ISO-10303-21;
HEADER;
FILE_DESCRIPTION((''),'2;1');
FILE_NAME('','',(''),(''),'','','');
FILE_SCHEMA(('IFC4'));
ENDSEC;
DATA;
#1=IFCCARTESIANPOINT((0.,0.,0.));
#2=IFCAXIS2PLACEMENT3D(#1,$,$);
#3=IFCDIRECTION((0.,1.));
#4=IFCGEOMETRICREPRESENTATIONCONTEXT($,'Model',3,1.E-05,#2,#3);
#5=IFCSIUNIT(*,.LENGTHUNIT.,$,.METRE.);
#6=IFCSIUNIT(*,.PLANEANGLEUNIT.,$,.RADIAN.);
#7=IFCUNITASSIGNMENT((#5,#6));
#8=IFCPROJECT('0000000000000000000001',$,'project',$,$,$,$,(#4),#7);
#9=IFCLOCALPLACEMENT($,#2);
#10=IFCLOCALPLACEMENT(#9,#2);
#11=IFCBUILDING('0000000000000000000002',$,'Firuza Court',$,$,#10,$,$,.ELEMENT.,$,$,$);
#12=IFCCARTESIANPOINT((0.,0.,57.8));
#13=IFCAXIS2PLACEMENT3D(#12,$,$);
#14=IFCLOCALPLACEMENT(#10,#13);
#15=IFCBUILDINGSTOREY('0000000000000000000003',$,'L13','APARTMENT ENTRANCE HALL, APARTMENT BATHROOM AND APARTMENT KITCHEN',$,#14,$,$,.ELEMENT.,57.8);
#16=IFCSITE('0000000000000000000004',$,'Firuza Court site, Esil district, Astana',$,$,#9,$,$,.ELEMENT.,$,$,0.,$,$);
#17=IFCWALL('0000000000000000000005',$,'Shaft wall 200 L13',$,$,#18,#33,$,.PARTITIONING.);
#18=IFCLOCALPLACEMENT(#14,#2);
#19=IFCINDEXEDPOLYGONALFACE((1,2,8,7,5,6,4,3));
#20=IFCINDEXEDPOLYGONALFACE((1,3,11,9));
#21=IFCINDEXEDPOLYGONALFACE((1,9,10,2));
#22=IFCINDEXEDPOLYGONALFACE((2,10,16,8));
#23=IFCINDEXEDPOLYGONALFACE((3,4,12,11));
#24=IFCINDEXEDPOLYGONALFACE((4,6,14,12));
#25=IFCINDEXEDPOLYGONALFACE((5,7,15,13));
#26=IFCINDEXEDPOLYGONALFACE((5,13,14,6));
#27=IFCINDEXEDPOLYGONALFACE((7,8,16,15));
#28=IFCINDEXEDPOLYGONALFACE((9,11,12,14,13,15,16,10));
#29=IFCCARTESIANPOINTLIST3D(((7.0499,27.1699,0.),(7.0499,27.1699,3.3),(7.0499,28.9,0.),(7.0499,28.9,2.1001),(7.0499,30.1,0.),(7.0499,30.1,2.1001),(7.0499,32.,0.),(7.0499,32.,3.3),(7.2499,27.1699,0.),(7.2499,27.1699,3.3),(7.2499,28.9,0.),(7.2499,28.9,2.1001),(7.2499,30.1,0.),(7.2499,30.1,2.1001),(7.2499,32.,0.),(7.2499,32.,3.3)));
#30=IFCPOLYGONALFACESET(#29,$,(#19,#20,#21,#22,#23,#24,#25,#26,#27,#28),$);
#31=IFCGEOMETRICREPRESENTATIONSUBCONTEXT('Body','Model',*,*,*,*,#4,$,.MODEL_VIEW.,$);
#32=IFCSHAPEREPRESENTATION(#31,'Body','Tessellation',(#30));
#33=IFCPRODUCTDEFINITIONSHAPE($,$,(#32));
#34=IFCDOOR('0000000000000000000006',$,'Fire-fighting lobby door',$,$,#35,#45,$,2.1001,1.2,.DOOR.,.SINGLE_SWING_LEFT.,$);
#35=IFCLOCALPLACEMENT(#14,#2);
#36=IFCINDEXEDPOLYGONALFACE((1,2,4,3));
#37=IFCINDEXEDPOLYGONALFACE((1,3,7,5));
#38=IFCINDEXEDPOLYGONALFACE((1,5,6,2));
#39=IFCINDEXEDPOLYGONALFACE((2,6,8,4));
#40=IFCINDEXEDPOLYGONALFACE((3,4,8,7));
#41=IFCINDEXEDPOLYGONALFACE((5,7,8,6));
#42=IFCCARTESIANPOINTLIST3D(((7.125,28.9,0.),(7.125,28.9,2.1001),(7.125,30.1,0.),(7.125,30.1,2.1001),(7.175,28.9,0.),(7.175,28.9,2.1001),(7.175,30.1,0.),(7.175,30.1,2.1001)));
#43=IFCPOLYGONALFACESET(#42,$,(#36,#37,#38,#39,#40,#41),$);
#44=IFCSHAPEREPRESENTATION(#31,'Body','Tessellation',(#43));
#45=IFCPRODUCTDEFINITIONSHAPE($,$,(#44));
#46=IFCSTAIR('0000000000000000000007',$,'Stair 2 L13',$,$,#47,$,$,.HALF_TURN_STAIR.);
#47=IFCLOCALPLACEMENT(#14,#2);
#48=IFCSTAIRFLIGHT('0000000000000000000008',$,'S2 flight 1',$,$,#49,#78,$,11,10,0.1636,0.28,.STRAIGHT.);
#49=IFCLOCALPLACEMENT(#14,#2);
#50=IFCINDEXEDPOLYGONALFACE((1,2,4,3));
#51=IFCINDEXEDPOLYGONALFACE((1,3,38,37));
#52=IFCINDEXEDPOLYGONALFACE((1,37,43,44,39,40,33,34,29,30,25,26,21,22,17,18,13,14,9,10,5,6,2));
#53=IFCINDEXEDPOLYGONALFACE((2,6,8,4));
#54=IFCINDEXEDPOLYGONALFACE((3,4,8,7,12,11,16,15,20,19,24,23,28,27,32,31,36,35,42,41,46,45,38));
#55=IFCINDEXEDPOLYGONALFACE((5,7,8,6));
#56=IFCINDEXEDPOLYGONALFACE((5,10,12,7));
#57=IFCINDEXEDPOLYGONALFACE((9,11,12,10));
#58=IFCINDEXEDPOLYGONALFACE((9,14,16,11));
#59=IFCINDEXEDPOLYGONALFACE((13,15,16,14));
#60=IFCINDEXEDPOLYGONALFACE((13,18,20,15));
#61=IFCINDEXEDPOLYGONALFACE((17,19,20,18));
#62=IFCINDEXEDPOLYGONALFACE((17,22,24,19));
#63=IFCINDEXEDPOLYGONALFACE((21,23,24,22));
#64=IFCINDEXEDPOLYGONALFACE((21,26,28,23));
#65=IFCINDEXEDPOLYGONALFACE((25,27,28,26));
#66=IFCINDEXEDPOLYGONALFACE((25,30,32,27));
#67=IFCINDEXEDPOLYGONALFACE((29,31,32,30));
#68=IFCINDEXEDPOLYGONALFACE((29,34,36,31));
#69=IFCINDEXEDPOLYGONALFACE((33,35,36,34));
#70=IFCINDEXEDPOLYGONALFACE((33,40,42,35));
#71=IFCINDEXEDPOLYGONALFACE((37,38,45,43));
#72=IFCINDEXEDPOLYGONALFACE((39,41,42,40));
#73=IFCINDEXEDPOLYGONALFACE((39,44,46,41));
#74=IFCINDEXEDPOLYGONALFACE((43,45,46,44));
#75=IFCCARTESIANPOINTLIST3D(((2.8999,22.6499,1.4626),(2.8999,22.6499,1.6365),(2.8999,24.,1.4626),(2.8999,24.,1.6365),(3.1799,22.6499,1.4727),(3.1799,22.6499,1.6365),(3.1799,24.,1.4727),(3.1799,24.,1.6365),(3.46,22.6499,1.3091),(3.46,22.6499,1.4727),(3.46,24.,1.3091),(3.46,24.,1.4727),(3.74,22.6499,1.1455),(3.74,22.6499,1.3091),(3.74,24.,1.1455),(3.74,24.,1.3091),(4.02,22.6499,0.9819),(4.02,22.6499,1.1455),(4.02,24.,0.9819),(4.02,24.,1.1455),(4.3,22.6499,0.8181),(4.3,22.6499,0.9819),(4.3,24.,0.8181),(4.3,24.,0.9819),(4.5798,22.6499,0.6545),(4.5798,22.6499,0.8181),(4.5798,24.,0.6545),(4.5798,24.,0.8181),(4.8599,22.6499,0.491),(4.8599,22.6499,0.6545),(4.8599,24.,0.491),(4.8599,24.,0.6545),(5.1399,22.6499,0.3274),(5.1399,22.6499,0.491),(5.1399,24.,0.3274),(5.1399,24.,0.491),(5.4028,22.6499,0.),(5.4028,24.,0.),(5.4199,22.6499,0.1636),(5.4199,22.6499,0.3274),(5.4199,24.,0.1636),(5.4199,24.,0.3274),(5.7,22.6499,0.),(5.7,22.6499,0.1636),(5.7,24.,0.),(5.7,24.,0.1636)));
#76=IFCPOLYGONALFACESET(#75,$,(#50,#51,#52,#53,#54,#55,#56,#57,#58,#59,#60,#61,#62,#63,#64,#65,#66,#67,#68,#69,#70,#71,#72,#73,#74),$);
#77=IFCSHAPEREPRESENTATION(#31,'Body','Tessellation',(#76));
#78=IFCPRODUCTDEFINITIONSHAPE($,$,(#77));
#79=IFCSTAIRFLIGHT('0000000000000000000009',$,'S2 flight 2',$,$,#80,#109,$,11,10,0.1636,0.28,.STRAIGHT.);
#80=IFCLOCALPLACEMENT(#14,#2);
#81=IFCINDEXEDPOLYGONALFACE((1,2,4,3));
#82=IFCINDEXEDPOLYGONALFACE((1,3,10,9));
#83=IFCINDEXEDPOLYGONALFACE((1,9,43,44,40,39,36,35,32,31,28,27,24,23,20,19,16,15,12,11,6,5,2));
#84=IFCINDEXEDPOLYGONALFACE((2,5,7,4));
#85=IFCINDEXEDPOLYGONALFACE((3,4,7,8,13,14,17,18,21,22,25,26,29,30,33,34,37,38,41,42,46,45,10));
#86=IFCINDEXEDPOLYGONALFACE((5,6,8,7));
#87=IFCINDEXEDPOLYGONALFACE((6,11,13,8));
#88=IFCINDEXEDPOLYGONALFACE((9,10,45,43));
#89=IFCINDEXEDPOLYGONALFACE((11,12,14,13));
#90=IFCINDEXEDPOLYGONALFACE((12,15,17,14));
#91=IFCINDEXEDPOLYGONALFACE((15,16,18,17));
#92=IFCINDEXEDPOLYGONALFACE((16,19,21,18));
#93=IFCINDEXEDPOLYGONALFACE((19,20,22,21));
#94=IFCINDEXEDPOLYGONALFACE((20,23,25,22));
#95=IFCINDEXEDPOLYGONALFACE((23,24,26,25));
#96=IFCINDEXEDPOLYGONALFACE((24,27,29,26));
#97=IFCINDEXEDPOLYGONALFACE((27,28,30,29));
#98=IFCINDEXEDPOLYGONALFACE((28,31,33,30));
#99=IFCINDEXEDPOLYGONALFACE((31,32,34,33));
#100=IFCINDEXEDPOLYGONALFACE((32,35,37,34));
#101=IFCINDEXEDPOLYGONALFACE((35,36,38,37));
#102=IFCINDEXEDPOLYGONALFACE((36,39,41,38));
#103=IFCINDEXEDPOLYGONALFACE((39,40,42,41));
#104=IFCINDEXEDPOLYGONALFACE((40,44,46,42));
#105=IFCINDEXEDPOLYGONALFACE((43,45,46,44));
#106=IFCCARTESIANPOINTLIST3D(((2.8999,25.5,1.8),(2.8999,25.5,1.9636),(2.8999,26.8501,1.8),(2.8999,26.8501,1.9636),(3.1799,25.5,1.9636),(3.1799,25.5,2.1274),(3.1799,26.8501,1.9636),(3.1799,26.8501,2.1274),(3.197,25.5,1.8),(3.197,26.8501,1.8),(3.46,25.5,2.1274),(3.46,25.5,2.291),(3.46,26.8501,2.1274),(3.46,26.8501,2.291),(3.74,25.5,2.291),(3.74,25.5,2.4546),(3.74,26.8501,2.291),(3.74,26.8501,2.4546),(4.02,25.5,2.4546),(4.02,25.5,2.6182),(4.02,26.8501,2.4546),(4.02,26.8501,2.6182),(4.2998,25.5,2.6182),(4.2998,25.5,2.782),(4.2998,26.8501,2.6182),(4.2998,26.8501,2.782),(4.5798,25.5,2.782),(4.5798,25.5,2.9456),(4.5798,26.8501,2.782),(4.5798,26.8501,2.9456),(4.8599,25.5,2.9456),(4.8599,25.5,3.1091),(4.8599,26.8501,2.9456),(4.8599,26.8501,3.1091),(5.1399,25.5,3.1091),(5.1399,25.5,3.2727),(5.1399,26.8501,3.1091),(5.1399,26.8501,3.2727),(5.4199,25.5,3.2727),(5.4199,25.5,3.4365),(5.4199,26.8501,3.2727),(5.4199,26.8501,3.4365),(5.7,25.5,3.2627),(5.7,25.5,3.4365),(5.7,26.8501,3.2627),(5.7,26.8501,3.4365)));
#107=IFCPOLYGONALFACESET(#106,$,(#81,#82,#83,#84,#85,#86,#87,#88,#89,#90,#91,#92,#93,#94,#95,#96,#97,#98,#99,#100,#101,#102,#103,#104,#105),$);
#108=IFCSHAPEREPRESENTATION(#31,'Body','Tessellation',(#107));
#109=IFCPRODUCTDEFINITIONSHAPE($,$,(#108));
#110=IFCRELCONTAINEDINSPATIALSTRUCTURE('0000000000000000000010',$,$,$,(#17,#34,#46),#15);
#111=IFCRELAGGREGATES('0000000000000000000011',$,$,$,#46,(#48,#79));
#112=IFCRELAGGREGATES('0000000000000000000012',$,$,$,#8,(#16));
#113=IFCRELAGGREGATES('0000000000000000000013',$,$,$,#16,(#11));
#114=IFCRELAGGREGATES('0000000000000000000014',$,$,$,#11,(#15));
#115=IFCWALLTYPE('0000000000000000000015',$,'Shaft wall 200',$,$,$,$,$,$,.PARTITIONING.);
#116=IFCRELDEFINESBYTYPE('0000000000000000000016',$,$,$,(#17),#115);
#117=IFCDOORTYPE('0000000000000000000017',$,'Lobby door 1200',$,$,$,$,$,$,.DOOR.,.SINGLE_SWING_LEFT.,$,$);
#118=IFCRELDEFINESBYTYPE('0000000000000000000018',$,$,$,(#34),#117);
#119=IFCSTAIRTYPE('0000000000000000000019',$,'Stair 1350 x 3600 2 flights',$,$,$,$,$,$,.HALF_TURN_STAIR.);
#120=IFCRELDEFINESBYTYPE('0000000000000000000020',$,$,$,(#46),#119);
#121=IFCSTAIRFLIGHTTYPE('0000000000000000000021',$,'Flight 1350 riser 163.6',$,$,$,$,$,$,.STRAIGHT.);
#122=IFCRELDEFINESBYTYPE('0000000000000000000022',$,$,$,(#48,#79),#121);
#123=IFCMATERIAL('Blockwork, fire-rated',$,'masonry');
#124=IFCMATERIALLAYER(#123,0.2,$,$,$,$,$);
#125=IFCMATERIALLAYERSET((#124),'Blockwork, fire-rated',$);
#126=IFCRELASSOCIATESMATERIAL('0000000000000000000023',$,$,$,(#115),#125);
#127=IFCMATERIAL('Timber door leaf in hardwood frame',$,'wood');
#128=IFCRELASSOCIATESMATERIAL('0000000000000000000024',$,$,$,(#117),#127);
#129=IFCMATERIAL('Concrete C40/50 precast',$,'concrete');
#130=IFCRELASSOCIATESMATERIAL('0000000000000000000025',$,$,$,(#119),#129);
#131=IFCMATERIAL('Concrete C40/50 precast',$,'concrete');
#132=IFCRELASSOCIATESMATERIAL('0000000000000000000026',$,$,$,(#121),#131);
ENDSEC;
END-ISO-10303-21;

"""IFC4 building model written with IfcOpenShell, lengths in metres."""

from ifc_helpers import new_model, si_unit, direction, frame, frame_2d, origin, place, context, subcontext, project, spatial, polyline, rectangle, outline, extrude, material, layer, layer_set, type_object, element, fill, aggregate, save


model = new_model("IFC4")

# Units and contexts
model_context = context("Model", 3, precision=1e-05, world=origin(), true_north=direction((0.0, 1.0)))
body_context = subcontext(model_context, "Body", "Model", "MODEL_VIEW")
ifc_project = project(units=[si_unit("LENGTHUNIT", "METRE"), si_unit("PLANEANGLEUNIT", "RADIAN")], contexts=[model_context])

# Site, building, storey
site_placement = place(None, origin())
site = spatial("IfcSite", under=ifc_project, at=site_placement, Name="Firuza Court site, Esil district, Astana", CompositionType="ELEMENT", RefElevation=0.0)
building_placement = place(site_placement, origin())
building = spatial("IfcBuilding", under=site, at=building_placement, Name="Firuza Court", CompositionType="ELEMENT")
storey_placement = place(building_placement, frame((0.0, 0.0, 57.8)))
storey = spatial("IfcBuildingStorey", under=building, at=storey_placement, Name="L13", Description="APARTMENT ENTRANCE HALL, APARTMENT BATHROOM AND APARTMENT KITCHEN", CompositionType="ELEMENT", Elevation=57.8)

# Shared definitions
ifc_material_1 = material(Name="Blockwork, fire-rated", Category="masonry")
ifc_layer_1 = layer(ifc_material_1, 0.2)
ifc_layer_set_1 = layer_set([ifc_layer_1], Name="Blockwork, fire-rated")
wall_type_1 = type_object("IfcWallType", Name="Shaft wall 200", PredefinedType="PARTITIONING", material=ifc_layer_set_1)

# Shared definitions
ifc_material_2 = material(Name="Timber door leaf in hardwood frame", Category="wood")
door_type_1 = type_object("IfcDoorType", Name="Lobby door 1200", OperationType="SINGLE_SWING_LEFT", PredefinedType="DOOR", material=ifc_material_2)

# Wall, opening, door
wall_1_placement = place(storey_placement, frame((7.1499, 27.1699, 0.0), z_axis=(0.0, 0.0, 1.0), x_axis=(0.0, 1.0, 0.0)))
wall_1 = element("IfcWall", 1, at=wall_1_placement, inside=storey, type_object=wall_type_1, Name="Shaft wall 200 L13", PredefinedType="PARTITIONING", context=body_context, shape_type="SweptSolid", body=[
    extrude(rectangle(XDim=4.8301, YDim=0.2, at=frame_2d((2.415, 0.0))), origin(), (0.0, 0.0, 1.0), 3.3),
])
opening_1_placement = place(wall_1_placement, frame((1.73, 0.0, 0.0)))
opening_1 = element("IfcOpeningElement", 2, at=opening_1_placement, cuts=wall_1, PredefinedType="OPENING", context=body_context, shape_type="SweptSolid", body=[
    extrude(rectangle(XDim=1.2, YDim=2.1001, at=frame_2d((0.6001, 1.05))), frame((0.0, 0.1118, 0.0), z_axis=(0.0, -1.0, 0.0), x_axis=(1.0, 0.0, 0.0)), (0.0, 0.0, 1.0), 0.2239),
])
door_1_placement = place(opening_1_placement, origin())
door_1 = element("IfcDoor", 3, at=door_1_placement, inside=storey, type_object=door_type_1, Name="Fire-fighting lobby door", OperationType="SINGLE_SWING_LEFT", OverallHeight=2.1001, OverallWidth=1.2, PredefinedType="DOOR", context=body_context, shape_type="SweptSolid", body=[
    extrude(rectangle(XDim=1.2, YDim=2.1001, at=frame_2d((0.6001, 1.05))), frame((0.0, 0.0249, 0.0), z_axis=(0.0, -1.0, 0.0), x_axis=(1.0, 0.0, 0.0)), (0.0, 0.0, 1.0), 0.05),
])
fill(opening_1, door_1)

# Stair, stair flights
ifc_material_3 = material(Name="Concrete C40/50 precast", Category="concrete")
stair_type = type_object("IfcStairType", Name="Stair 1350 x 3600 2 flights", PredefinedType="HALF_TURN_STAIR", material=ifc_material_3)
stair_placement = place(storey_placement, origin())
stair = element("IfcStair", 4, at=stair_placement, inside=storey, type_object=stair_type, Name="Stair 2 L13", PredefinedType="HALF_TURN_STAIR")
ifc_material_4 = material(Name="Concrete C40/50 precast", Category="concrete")
stair_flight_type = type_object("IfcStairFlightType", Name="Flight 1350 riser 163.6", PredefinedType="STRAIGHT", material=ifc_material_4)
stair_flight_1_placement = place(storey_placement, frame((5.7, 23.325, 0.0), z_axis=(0.0, 0.0, 1.0), x_axis=(-1.0, 0.0, 0.0)))
stair_flight_1 = element("IfcStairFlight", 5, at=stair_flight_1_placement, type_object=stair_flight_type, Name="S2 flight 1", NumberOfRisers=11, NumberOfTreads=10, PredefinedType="STRAIGHT", RiserHeight=0.1636, TreadLength=0.28, context=body_context, shape_type="SweptSolid", body=[
    extrude(outline(polyline([(0.0, 0.0), (0.0, 0.1636), (0.28, 0.1636), (0.28, 0.3274), (0.5601, 0.3274), (0.5601, 0.491), (0.8401, 0.491), (0.8401, 0.6545), (1.1201, 0.6545), (1.1201, 0.8181), (1.3999, 0.8181), (1.3999, 0.9819), (1.6799, 0.9819), (1.6799, 1.1455), (1.96, 1.1455), (1.96, 1.3091), (2.24, 1.3091), (2.24, 1.4727), (2.52, 1.4727), (2.52, 1.6365), (2.8, 1.6365), (2.8, 1.8), (2.8, 1.4626), (0.2971, 0.0), (0.0, 0.0)])), frame((0.0, 0.675, 0.0), z_axis=(0.0, -1.0, 0.0), x_axis=(1.0, 0.0, 0.0)), (0.0, 0.0, 1.0), 1.3501),
])
stair_flight_2_placement = place(storey_placement, frame((2.8999, 26.175, 1.8), z_axis=(0.0, 0.0, 1.0), x_axis=(1.0, 0.0, 0.0)))
stair_flight_2 = element("IfcStairFlight", 6, at=stair_flight_2_placement, type_object=stair_flight_type, Name="S2 flight 2", NumberOfRisers=11, NumberOfTreads=10, PredefinedType="STRAIGHT", RiserHeight=0.1636, TreadLength=0.28, context=body_context, shape_type="SweptSolid", body=[
    extrude(outline(polyline([(0.0, 0.0), (0.0, 0.1636), (0.28, 0.1636), (0.28, 0.3274), (0.5601, 0.3274), (0.5601, 0.491), (0.8401, 0.491), (0.8401, 0.6545), (1.1201, 0.6545), (1.1201, 0.8181), (1.3999, 0.8181), (1.3999, 0.9819), (1.6799, 0.9819), (1.6799, 1.1455), (1.96, 1.1455), (1.96, 1.3091), (2.24, 1.3091), (2.24, 1.4727), (2.52, 1.4727), (2.52, 1.6365), (2.8, 1.6365), (2.8, 1.8), (2.8, 1.4626), (0.2971, 0.0), (0.0, 0.0)])), frame((0.0, 0.675, 0.0), z_axis=(0.0, -1.0, 0.0), x_axis=(1.0, 0.0, 0.0)), (0.0, 0.0, 1.0), 1.3501),
])
aggregate(stair, [stair_flight_1, stair_flight_2])

save(model, "model.ifc")
